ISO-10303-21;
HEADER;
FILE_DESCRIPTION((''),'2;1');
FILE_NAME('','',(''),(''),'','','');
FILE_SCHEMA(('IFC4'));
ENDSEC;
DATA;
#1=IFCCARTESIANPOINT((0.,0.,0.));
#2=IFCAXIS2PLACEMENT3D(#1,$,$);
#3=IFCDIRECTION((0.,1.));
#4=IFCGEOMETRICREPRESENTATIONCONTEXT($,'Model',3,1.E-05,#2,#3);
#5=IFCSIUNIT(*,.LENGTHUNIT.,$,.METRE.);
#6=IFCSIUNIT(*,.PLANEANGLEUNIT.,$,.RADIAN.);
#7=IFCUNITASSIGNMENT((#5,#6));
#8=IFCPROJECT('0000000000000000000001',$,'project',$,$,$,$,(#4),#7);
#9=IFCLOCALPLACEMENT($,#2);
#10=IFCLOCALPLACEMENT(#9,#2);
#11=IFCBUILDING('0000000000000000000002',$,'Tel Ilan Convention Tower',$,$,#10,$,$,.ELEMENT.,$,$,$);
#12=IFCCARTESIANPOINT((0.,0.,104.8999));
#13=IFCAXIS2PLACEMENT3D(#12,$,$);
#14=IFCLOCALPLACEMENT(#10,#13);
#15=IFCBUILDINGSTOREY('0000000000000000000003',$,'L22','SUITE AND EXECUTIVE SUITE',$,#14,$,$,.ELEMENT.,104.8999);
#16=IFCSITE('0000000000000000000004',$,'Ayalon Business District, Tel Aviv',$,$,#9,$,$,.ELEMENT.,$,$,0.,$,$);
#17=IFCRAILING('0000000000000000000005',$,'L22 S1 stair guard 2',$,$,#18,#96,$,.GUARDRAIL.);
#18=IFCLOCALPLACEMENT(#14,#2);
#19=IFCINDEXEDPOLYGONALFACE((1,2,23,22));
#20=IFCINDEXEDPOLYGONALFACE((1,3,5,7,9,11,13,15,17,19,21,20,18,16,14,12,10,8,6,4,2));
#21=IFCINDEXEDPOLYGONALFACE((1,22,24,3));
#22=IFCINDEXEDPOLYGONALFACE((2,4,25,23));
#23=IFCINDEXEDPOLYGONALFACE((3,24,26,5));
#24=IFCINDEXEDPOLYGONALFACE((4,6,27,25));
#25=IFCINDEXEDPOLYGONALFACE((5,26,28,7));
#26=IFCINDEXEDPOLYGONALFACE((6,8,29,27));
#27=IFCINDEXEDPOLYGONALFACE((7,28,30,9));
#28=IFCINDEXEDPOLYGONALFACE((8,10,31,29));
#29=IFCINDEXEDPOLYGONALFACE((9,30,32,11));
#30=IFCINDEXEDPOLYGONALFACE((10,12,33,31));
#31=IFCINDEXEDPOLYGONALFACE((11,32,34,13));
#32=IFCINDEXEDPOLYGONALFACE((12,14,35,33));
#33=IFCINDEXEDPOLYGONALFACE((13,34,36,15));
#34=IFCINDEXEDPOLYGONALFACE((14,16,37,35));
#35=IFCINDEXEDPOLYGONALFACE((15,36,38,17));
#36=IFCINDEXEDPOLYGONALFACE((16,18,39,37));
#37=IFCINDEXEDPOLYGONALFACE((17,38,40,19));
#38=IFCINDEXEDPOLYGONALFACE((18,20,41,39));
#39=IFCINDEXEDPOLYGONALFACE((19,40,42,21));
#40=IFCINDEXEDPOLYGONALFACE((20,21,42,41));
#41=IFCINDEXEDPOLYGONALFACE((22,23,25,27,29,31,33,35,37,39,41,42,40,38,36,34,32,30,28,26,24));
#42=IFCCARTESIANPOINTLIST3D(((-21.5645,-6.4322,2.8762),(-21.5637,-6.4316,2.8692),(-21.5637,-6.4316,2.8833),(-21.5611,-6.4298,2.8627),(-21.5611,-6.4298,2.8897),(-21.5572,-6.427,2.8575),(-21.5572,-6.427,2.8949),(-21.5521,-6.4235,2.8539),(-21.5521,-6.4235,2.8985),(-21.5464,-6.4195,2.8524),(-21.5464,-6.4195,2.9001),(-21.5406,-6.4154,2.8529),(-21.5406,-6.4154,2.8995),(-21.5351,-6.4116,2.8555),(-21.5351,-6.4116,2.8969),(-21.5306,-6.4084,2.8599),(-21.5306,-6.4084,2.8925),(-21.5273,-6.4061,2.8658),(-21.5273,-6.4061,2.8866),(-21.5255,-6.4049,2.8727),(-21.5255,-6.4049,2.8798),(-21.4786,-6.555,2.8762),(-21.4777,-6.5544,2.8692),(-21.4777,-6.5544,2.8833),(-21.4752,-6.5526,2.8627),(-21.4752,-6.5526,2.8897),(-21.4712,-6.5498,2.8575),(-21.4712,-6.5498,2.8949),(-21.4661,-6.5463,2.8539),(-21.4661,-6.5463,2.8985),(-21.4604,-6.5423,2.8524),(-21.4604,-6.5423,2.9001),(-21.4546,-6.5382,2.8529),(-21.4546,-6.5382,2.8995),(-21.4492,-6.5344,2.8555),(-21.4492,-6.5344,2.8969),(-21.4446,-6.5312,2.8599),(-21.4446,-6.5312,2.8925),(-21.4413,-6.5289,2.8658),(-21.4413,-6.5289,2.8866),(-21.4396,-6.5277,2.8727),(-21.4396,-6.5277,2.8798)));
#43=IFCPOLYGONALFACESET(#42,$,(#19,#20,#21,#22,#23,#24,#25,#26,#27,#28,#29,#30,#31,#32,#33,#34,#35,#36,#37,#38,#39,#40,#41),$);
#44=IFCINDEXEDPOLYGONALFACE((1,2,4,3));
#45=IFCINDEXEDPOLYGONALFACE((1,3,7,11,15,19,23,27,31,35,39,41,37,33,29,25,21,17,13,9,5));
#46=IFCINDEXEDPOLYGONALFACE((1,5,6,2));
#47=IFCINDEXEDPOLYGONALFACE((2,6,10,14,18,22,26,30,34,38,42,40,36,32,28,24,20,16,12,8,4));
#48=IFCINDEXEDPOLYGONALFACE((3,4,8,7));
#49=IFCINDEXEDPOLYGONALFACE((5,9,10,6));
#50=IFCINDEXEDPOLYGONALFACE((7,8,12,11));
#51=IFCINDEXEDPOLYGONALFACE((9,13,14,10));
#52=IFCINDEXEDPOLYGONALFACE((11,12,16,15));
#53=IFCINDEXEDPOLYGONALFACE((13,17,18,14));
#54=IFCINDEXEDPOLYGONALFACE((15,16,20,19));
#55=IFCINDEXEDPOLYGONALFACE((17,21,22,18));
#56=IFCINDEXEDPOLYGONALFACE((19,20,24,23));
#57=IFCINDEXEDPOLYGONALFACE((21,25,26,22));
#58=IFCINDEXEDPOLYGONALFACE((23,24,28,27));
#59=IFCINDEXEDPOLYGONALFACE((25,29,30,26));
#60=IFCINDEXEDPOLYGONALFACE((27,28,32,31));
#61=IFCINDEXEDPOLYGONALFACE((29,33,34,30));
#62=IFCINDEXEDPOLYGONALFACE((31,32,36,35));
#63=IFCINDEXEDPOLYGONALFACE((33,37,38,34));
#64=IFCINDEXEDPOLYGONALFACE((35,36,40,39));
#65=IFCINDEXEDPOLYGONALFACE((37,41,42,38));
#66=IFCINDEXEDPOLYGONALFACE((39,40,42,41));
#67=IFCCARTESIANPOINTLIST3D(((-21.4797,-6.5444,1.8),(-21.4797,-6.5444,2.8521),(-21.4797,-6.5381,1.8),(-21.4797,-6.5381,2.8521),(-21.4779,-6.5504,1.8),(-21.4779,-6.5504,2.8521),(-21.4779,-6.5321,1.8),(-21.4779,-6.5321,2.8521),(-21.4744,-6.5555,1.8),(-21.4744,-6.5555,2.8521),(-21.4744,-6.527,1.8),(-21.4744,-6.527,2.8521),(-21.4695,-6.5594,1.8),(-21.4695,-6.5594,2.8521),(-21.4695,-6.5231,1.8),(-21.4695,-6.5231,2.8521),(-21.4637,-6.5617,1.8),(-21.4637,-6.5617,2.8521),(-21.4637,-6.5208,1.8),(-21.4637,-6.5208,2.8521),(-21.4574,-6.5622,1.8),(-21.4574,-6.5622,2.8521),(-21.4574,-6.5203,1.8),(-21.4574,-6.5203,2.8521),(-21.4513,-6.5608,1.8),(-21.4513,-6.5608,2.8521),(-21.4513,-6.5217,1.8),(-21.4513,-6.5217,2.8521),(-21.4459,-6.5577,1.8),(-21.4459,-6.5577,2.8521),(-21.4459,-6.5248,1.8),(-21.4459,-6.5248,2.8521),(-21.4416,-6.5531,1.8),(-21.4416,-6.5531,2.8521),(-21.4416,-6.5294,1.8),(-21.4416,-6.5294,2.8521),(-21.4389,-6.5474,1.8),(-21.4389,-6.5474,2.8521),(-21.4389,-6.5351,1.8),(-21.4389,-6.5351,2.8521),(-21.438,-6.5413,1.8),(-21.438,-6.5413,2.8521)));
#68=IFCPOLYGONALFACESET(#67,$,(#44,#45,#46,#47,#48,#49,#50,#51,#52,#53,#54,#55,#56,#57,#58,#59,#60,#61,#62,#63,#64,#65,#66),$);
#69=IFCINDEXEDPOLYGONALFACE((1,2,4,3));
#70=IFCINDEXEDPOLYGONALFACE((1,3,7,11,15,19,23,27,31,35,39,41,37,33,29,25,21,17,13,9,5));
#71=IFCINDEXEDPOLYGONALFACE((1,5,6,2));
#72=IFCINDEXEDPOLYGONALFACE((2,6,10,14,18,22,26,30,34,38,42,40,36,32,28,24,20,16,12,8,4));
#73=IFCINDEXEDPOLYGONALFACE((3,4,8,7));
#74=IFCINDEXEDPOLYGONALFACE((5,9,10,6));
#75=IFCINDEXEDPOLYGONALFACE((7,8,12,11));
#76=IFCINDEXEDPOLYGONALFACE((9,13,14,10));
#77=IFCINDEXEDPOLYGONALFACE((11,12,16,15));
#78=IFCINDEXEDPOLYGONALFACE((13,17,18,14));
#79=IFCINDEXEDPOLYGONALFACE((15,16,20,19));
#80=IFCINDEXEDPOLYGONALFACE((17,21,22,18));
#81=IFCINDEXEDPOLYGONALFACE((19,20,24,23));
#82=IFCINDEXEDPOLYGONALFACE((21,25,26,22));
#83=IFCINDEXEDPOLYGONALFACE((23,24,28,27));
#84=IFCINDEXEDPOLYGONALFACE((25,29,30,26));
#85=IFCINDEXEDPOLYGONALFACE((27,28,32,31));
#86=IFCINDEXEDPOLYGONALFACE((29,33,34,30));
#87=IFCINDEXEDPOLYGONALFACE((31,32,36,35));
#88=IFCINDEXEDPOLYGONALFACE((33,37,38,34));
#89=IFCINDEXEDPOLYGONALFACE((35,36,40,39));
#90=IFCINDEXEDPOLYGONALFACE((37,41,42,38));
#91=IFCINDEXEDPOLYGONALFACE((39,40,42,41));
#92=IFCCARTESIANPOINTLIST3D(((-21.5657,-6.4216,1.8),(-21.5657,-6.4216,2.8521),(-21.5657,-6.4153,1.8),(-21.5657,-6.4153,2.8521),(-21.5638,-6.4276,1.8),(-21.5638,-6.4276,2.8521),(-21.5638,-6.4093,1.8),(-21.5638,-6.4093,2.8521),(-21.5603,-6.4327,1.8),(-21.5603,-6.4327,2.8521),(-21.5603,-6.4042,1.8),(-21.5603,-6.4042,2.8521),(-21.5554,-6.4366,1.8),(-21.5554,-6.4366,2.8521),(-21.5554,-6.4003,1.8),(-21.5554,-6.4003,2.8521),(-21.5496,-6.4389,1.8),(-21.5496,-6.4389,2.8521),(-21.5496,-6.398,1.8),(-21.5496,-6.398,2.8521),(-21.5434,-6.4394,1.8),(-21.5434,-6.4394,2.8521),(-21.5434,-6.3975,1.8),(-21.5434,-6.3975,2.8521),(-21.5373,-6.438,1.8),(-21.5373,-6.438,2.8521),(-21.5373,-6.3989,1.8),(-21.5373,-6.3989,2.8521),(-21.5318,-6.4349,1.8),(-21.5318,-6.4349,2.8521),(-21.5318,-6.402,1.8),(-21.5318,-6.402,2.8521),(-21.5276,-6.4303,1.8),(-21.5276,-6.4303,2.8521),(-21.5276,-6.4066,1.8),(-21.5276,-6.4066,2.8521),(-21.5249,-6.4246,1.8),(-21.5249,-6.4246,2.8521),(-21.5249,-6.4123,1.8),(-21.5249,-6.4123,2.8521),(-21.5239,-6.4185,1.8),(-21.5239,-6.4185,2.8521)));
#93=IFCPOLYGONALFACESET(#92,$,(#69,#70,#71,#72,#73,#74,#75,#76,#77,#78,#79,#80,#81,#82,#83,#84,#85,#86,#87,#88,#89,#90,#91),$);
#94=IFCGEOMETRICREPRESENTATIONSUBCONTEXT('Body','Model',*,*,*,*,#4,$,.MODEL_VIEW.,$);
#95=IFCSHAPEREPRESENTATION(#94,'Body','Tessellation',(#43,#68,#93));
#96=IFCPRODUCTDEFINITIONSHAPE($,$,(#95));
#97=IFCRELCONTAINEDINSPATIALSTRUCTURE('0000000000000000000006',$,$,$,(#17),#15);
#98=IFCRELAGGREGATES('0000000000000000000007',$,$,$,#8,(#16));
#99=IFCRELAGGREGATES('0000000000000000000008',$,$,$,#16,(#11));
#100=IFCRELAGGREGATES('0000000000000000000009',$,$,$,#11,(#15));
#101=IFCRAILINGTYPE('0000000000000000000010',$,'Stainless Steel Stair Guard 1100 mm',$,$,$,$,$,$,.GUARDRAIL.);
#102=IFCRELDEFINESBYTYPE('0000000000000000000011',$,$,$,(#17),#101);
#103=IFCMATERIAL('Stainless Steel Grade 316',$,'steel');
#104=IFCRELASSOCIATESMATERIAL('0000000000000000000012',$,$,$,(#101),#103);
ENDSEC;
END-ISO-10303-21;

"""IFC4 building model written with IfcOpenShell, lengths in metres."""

from ifc_helpers import new_model, si_unit, direction, frame, origin, origin_2d, place, context, subcontext, project, spatial, circle, extrude, material, type_object, element, save


model = new_model("IFC4")

# Units and contexts
model_context = context("Model", 3, precision=1e-05, world=origin(), true_north=direction((0.0, 1.0)))
body_context = subcontext(model_context, "Body", "Model", "MODEL_VIEW")
ifc_project = project(units=[si_unit("LENGTHUNIT", "METRE"), si_unit("PLANEANGLEUNIT", "RADIAN")], contexts=[model_context])

# Site, building, storey
site_placement = place(None, origin())
site = spatial("IfcSite", under=ifc_project, at=site_placement, Name="Ayalon Business District, Tel Aviv", CompositionType="ELEMENT", RefElevation=0.0)
building_placement = place(site_placement, origin())
building = spatial("IfcBuilding", under=site, at=building_placement, Name="Tel Ilan Convention Tower", CompositionType="ELEMENT")
storey_placement = place(building_placement, frame((0.0, 0.0, 104.8999)))
storey = spatial("IfcBuildingStorey", under=building, at=storey_placement, Name="L22", Description="SUITE AND EXECUTIVE SUITE", CompositionType="ELEMENT", Elevation=104.8999)

# Railing
ifc_material_1 = material(Name="Stainless Steel Grade 316", Category="steel")
railing_type_1 = type_object("IfcRailingType", Name="Stainless Steel Stair Guard 1100 mm", PredefinedType="GUARDRAIL", material=ifc_material_1)
railing_1_placement = place(storey_placement, frame((-21.459, -6.5413, 1.8)))
element("IfcRailing", 1, at=railing_1_placement, inside=storey, type_object=railing_type_1, Name="L22 S1 stair guard 2", PredefinedType="GUARDRAIL", context=body_context, shape_type="SweptSolid", body=[
    extrude(circle(Radius=0.0239, at=origin_2d()), frame((0.0, 0.0, 1.0762), z_axis=(-0.573353, 0.819308, 0.0), x_axis=(-0.819308, -0.573353, 0.0)), (0.0, 0.0, 1.0), 0.1499),
    extrude(circle(Radius=0.021, at=origin_2d()), origin(), (0.0, 0.0, 1.0), 1.052),
    extrude(circle(Radius=0.021, at=origin_2d()), frame((-0.0859, 0.1228, 0.0)), (0.0, 0.0, 1.0), 1.052),
])

save(model, "model.ifc")
